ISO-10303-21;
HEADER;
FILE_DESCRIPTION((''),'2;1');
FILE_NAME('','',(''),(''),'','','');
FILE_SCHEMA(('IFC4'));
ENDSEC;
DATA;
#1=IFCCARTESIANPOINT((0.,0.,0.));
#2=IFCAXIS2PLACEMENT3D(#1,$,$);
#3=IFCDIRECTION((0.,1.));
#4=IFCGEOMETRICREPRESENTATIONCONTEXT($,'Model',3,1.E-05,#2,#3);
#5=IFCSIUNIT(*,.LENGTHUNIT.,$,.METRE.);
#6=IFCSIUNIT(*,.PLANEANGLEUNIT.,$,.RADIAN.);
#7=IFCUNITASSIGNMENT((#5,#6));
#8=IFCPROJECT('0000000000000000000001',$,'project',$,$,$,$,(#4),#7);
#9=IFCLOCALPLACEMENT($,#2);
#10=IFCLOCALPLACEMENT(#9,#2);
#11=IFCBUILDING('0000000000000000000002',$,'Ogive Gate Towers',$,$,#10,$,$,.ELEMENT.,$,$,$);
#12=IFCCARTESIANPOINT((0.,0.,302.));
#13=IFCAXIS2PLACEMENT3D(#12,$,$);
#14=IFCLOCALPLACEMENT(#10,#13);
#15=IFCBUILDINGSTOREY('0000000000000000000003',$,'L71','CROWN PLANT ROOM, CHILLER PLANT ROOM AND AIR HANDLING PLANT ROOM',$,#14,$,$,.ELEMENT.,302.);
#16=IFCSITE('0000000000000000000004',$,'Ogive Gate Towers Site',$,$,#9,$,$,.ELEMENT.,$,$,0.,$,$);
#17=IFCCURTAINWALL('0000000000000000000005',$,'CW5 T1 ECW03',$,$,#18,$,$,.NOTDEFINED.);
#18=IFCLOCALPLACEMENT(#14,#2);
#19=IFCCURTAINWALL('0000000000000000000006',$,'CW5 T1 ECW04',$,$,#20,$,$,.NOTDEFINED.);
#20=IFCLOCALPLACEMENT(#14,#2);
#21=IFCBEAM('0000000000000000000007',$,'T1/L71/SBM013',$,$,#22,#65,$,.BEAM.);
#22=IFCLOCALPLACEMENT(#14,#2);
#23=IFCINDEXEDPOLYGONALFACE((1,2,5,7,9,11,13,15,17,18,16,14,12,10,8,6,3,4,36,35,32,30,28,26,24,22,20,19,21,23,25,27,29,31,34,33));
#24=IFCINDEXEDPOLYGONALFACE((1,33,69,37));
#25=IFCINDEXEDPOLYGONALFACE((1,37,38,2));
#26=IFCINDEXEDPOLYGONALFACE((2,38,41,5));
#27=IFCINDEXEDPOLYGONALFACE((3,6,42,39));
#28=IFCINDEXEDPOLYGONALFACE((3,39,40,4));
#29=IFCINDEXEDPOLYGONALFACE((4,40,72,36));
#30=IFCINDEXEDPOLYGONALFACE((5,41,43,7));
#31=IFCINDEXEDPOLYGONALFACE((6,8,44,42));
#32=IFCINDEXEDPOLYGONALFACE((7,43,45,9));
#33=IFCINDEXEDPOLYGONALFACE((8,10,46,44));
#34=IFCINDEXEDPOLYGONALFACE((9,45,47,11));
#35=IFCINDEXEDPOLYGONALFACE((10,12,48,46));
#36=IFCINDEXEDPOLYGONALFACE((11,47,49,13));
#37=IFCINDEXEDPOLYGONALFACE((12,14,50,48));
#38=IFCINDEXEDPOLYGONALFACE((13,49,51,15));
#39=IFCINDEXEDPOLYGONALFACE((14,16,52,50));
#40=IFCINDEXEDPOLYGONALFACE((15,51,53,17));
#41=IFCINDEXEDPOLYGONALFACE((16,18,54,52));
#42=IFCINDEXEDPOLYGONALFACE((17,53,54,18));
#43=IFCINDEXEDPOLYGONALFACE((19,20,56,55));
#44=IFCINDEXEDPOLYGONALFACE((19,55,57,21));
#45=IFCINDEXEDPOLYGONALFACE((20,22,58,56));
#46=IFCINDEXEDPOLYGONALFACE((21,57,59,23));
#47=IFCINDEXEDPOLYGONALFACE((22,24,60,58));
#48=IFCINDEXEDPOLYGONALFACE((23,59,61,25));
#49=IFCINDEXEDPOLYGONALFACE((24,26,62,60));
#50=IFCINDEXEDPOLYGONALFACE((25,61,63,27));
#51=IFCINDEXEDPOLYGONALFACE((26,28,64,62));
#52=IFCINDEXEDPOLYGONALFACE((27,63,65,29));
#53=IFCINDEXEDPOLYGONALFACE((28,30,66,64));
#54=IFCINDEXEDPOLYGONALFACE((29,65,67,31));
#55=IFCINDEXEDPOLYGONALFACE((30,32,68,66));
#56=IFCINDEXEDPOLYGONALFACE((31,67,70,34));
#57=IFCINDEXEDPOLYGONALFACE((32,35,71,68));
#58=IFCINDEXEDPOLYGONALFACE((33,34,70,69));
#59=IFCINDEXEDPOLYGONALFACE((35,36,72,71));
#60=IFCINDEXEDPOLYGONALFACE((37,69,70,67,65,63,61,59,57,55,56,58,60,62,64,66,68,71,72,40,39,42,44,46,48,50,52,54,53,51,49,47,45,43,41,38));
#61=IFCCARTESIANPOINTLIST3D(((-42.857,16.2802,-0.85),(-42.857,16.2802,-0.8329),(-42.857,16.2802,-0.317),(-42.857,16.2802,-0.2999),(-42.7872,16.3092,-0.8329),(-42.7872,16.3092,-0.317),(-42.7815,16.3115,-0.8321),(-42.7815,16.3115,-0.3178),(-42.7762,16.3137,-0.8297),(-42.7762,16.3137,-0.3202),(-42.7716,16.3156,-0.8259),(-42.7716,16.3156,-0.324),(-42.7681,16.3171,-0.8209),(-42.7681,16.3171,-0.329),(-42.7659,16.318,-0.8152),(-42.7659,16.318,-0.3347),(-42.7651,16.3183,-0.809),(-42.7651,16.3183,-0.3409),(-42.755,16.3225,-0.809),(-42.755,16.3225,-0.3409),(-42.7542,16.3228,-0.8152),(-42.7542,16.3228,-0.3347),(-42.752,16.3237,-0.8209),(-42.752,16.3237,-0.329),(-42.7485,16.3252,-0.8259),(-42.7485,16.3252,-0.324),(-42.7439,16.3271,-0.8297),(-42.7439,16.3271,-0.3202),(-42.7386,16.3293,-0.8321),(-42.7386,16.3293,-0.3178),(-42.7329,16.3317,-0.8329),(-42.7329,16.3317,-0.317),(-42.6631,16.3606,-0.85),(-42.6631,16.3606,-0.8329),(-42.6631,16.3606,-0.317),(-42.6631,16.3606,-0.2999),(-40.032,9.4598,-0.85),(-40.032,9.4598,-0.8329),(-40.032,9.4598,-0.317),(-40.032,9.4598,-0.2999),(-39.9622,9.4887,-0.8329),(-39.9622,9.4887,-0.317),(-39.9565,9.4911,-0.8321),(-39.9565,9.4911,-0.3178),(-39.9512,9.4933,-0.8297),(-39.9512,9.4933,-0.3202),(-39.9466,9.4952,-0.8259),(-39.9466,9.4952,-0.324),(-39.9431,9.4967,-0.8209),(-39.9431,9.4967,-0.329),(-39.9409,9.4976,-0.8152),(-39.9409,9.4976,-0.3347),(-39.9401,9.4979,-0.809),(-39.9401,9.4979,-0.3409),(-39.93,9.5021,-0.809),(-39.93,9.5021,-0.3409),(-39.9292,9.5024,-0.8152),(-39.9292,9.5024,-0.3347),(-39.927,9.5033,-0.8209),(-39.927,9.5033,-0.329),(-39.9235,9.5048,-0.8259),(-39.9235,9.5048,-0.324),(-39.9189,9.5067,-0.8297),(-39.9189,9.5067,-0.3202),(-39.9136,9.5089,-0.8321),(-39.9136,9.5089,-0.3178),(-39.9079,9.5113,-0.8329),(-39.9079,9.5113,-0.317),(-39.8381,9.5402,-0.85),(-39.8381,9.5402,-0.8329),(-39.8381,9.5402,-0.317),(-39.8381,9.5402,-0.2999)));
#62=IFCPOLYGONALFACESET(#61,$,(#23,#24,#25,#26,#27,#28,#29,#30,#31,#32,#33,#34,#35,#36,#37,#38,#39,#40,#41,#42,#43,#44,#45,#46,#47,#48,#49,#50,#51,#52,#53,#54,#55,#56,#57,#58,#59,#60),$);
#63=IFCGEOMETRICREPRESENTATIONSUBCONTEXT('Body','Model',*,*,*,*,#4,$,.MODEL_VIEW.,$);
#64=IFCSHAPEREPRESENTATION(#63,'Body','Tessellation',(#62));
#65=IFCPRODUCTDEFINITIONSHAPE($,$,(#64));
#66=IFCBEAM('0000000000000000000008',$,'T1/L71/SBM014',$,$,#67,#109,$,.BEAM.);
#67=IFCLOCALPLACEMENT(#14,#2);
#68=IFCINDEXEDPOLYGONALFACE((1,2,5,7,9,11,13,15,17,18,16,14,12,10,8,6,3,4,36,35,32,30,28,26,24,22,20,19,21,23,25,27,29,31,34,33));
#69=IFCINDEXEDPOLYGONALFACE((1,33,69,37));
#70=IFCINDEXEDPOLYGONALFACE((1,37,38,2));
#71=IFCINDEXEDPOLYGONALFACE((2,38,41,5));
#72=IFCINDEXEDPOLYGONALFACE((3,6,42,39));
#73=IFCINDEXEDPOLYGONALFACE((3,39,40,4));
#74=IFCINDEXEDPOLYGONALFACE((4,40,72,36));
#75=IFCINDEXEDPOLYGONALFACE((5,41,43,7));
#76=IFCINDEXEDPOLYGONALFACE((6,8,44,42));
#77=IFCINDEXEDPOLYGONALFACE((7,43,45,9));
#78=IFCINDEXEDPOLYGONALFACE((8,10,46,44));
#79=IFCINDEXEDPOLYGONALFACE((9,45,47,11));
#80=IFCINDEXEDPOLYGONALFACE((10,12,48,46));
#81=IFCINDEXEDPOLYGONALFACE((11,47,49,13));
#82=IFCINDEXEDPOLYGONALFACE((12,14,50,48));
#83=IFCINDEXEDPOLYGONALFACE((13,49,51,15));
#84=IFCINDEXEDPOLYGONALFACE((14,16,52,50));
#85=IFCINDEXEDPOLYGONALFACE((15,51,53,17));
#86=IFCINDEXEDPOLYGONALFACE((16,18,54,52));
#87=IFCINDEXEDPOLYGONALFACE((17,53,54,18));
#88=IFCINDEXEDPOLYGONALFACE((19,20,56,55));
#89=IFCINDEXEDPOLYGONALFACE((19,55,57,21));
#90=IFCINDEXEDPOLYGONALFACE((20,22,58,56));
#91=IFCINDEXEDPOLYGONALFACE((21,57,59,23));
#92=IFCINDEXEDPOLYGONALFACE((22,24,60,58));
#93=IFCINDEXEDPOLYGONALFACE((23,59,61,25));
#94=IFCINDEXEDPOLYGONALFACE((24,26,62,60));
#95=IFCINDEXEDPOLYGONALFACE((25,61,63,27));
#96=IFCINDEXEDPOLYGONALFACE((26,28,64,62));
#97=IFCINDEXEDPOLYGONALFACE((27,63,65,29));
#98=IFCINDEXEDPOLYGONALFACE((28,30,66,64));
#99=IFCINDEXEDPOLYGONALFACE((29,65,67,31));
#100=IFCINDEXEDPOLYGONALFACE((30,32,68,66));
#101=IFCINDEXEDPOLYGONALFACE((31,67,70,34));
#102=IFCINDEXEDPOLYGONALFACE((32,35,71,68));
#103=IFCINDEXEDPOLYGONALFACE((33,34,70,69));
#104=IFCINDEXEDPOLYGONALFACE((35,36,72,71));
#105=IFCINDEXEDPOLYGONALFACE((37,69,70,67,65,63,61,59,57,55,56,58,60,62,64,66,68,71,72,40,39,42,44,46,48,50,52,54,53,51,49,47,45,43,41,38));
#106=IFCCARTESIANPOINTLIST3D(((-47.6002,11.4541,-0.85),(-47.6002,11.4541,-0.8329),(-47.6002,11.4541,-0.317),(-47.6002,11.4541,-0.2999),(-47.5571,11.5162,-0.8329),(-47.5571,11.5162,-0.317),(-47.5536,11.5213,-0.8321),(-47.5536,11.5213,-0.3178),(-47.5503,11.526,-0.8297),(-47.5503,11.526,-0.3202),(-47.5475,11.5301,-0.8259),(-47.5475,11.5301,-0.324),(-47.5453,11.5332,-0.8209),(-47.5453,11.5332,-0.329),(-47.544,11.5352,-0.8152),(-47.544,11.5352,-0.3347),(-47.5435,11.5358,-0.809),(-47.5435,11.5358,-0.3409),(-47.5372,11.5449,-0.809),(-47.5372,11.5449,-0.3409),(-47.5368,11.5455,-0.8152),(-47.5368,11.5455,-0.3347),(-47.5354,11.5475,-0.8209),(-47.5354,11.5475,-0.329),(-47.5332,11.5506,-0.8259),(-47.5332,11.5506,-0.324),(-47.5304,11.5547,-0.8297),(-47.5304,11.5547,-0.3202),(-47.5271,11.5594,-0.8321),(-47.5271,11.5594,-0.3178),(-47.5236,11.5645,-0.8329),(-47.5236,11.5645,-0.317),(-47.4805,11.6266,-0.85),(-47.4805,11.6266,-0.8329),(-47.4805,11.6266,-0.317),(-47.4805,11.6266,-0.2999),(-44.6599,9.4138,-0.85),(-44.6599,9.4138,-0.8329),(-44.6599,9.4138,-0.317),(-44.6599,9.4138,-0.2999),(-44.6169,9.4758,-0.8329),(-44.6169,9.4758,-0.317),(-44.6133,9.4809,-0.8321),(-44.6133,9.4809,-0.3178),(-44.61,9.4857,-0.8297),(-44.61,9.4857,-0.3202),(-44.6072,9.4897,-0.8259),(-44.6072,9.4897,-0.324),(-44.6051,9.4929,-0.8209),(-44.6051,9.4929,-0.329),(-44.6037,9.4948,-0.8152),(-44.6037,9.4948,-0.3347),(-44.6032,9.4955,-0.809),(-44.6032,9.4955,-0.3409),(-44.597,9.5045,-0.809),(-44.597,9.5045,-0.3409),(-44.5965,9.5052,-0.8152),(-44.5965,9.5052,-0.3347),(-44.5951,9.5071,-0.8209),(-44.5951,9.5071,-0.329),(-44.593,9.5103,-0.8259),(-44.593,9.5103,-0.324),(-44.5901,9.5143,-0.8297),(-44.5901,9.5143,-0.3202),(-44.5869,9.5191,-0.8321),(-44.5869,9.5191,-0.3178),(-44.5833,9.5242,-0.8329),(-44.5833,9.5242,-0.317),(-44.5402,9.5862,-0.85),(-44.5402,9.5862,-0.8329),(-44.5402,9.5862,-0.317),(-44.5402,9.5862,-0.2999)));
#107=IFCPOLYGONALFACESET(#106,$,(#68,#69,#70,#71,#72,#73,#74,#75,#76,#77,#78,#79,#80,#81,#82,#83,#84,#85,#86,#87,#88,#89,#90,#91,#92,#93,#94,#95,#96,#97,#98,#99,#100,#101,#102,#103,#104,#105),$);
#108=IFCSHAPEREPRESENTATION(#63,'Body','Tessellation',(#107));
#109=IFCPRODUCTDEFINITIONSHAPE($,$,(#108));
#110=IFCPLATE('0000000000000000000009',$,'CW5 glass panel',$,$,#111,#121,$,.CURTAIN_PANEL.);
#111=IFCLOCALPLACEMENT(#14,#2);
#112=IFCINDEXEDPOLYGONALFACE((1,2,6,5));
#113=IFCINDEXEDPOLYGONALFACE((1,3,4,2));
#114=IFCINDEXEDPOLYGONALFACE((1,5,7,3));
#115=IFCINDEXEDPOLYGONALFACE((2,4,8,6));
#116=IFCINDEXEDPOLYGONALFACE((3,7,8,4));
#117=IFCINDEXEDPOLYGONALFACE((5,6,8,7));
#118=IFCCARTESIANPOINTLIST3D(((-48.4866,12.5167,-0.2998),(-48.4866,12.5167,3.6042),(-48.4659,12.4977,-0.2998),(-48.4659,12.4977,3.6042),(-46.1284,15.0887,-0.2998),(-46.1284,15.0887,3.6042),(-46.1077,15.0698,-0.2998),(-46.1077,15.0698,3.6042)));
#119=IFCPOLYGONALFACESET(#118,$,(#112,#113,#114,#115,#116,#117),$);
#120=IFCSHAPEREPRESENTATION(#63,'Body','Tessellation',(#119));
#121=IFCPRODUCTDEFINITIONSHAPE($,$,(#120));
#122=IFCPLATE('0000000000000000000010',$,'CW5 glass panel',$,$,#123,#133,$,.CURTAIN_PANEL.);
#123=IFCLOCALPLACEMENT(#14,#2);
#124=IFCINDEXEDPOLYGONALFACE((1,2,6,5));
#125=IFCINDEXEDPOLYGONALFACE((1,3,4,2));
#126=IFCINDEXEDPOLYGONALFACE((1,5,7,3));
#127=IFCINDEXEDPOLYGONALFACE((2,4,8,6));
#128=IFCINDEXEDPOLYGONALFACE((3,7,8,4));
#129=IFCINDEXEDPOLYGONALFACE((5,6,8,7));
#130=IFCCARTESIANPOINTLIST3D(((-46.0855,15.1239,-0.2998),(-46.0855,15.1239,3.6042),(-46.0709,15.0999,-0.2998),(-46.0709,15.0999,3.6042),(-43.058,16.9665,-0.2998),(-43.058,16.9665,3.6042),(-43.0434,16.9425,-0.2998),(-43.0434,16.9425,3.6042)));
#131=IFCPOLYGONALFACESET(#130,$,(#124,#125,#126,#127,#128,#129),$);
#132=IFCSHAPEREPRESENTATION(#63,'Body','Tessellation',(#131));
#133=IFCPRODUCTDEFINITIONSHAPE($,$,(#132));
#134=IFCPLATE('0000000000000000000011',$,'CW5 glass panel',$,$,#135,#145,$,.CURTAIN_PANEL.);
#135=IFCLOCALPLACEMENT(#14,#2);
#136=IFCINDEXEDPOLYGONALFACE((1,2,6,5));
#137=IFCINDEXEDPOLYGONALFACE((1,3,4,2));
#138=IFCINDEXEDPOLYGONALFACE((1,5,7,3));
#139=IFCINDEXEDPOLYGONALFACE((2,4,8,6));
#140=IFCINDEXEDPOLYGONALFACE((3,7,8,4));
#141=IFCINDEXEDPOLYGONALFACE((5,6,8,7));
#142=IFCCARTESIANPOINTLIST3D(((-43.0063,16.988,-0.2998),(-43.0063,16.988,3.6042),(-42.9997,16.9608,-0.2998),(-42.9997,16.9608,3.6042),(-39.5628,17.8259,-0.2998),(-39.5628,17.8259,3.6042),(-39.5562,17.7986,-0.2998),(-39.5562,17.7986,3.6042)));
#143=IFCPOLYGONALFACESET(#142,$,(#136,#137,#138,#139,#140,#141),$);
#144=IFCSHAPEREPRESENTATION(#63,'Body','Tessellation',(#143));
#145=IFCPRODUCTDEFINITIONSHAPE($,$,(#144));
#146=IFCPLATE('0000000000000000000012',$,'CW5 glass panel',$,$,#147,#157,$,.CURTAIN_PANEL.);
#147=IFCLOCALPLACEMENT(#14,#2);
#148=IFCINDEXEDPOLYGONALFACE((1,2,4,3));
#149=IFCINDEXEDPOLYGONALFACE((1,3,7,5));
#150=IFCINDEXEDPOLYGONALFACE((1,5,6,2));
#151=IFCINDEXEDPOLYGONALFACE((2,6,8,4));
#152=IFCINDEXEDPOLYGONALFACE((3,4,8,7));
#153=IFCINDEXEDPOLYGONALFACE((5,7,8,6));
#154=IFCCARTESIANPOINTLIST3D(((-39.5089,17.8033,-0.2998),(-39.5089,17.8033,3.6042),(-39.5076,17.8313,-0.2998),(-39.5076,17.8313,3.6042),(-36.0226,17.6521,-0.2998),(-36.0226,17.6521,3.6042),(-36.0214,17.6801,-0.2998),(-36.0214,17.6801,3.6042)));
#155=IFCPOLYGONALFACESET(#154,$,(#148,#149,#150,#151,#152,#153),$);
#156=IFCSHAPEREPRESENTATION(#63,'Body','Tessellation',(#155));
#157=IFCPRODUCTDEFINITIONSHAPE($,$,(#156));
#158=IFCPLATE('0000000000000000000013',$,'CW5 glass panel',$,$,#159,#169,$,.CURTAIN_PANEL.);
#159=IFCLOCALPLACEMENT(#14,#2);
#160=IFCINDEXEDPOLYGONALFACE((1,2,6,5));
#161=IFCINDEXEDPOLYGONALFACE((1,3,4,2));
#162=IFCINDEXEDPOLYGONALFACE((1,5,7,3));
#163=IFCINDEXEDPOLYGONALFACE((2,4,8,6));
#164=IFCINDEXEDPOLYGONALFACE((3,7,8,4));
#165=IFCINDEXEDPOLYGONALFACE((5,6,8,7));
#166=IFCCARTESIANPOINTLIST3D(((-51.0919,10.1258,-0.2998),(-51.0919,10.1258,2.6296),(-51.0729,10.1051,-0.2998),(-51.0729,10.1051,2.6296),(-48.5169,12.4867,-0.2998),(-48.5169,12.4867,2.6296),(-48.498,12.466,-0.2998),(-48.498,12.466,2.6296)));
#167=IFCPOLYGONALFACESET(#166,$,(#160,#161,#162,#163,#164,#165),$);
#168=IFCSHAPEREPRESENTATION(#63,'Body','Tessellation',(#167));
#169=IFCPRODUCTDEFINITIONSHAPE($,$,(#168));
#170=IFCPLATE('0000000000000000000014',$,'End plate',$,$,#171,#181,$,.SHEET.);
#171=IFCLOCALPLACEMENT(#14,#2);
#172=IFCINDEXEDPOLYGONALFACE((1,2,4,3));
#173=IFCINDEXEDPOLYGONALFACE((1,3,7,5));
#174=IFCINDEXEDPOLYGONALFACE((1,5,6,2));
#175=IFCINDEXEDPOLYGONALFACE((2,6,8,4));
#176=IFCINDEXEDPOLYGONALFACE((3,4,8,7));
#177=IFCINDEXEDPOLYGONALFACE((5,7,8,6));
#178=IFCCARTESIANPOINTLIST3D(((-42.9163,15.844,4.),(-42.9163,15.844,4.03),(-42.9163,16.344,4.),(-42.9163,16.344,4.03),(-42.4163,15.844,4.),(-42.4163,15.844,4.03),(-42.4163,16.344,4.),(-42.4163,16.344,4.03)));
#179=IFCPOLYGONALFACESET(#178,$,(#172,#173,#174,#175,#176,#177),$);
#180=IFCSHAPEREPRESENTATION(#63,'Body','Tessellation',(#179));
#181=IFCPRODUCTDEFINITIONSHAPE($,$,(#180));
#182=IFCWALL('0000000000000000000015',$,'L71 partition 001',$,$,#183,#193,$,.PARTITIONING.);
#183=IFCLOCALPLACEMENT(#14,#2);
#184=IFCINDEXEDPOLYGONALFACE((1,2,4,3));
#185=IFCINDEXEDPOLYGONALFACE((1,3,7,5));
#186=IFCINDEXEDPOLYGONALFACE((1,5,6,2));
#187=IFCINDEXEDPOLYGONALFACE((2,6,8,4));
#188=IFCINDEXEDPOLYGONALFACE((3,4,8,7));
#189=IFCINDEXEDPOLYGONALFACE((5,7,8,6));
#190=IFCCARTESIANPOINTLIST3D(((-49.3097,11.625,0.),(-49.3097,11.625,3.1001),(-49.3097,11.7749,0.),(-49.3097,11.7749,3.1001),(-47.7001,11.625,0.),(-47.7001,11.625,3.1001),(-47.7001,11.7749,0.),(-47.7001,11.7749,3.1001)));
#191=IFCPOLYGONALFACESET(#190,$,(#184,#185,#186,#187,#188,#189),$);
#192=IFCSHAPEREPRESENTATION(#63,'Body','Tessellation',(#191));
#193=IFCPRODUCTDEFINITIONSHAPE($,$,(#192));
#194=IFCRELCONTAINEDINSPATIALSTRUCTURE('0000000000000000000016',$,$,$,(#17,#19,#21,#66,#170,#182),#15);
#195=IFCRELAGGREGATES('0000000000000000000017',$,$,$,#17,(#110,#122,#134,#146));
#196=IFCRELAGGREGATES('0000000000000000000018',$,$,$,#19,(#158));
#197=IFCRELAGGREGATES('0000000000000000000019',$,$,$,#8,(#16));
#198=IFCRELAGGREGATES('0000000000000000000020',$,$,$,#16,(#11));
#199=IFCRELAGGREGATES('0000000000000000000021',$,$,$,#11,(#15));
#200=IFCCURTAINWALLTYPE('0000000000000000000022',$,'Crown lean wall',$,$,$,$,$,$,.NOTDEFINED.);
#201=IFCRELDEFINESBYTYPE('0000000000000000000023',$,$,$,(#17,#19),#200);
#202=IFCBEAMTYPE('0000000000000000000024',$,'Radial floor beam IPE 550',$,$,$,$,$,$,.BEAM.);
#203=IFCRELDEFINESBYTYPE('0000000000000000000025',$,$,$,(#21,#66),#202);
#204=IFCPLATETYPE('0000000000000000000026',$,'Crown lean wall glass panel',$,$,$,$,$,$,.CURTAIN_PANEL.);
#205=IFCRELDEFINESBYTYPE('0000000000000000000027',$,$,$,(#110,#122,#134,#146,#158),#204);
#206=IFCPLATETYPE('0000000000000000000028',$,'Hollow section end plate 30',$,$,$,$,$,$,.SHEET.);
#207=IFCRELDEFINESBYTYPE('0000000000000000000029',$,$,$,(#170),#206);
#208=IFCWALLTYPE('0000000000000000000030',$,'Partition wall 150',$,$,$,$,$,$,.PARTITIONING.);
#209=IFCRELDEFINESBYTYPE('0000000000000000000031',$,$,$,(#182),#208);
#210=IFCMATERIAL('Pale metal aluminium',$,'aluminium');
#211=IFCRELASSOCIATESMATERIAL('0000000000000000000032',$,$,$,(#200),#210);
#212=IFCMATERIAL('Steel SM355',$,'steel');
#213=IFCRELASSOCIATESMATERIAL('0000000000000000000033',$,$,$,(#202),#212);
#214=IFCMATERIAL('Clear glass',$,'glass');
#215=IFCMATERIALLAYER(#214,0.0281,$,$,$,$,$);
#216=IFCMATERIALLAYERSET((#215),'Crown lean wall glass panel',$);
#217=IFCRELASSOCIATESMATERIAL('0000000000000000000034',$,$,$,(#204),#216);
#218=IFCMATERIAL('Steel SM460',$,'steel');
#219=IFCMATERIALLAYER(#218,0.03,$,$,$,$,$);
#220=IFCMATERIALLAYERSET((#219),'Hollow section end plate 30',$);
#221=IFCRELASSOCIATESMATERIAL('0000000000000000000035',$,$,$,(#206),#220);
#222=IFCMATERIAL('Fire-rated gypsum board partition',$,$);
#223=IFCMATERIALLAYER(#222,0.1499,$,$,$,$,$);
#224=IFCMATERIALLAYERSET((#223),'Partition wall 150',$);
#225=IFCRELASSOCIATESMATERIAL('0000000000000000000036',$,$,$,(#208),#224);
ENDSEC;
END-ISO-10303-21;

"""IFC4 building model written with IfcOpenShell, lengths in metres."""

from ifc_helpers import new_model, si_unit, direction, frame, frame_2d, origin, origin_2d, place, context, subcontext, project, spatial, polyline, rectangle, i_section, outline, extrude, material, layer, layer_set, material_profile, profile_set, type_object, element, aggregate, save


model = new_model("IFC4")

# Units and contexts
model_context = context("Model", 3, precision=1e-05, world=origin(), true_north=direction((0.0, 1.0)))
body_context = subcontext(model_context, "Body", "Model", "MODEL_VIEW")
ifc_project = project(units=[si_unit("LENGTHUNIT", "METRE"), si_unit("PLANEANGLEUNIT", "RADIAN")], contexts=[model_context])

# Site, building, storey
site_placement = place(None, origin())
site = spatial("IfcSite", under=ifc_project, at=site_placement, Name="Ogive Gate Towers Site", CompositionType="ELEMENT", RefElevation=0.0)
building_placement = place(site_placement, origin())
building = spatial("IfcBuilding", under=site, at=building_placement, Name="Ogive Gate Towers", CompositionType="ELEMENT")
storey_placement = place(building_placement, frame((0.0, 0.0, 302.0)))
storey = spatial("IfcBuildingStorey", under=building, at=storey_placement, Name="L71", Description="CROWN PLANT ROOM, CHILLER PLANT ROOM AND AIR HANDLING PLANT ROOM", CompositionType="ELEMENT", Elevation=302.0)

# Shared definitions
ifc_material_1 = material(Name="Steel SM460", Category="steel")

# Curtain wall
ifc_material_2 = material(Name="Pale metal aluminium", Category="aluminium")
curtain_wall_type = type_object("IfcCurtainWallType", Name="Crown lean wall", PredefinedType="NOTDEFINED", material=ifc_material_2)
curtain_wall_1_placement = place(storey_placement, origin())
curtain_wall_1 = element("IfcCurtainWall", 1, at=curtain_wall_1_placement, inside=storey, type_object=curtain_wall_type, Name="CW5 T1 ECW03", PredefinedType="NOTDEFINED")

# Curtain wall
curtain_wall_2_placement = place(storey_placement, origin())
curtain_wall_2 = element("IfcCurtainWall", 2, at=curtain_wall_2_placement, inside=storey, type_object=curtain_wall_type, Name="CW5 T1 ECW04", PredefinedType="NOTDEFINED")

# Beams
ifc_material_3 = material(Name="Steel SM355", Category="steel")
ifc_material_profile_1 = material_profile(ifc_material_3, i_section(OverallWidth=0.21, OverallDepth=0.55, WebThickness=0.011, FlangeThickness=0.0171, FilletRadius=0.0239, at=origin_2d()), Name="IPE 550")
ifc_profile_set_1 = profile_set([ifc_material_profile_1], Name="Steel SM355")
beam_type_1 = type_object("IfcBeamType", Name="Radial floor beam IPE 550", PredefinedType="BEAM", material=ifc_profile_set_1)
beam_1_placement = place(storey_placement, frame((-39.9351, 9.5, -0.575), z_axis=(-0.38267, 0.923885, 0.0), x_axis=(-0.923885, -0.38267, 0.0)))
element("IfcBeam", 3, at=beam_1_placement, inside=storey, type_object=beam_type_1, Name="T1/L71/SBM013", PredefinedType="BEAM", context=body_context, shape_type="SweptSolid", body=[
    extrude(i_section(OverallWidth=0.21, OverallDepth=0.55, WebThickness=0.011, FlangeThickness=0.0171, FilletRadius=0.0239, at=origin_2d()), origin(), (0.0, 0.0, 1.0), 7.3823),
])
beam_2_placement = place(storey_placement, frame((-44.6001, 9.5, -0.575), z_axis=(-0.821568, 0.570111, 0.0), x_axis=(-0.570111, -0.821568, 0.0)))
element("IfcBeam", 4, at=beam_2_placement, inside=storey, type_object=beam_type_1, Name="T1/L71/SBM014", PredefinedType="BEAM", context=body_context, shape_type="SweptSolid", body=[
    extrude(i_section(OverallWidth=0.21, OverallDepth=0.55, WebThickness=0.011, FlangeThickness=0.0171, FilletRadius=0.0239, at=origin_2d()), origin(), (0.0, 0.0, 1.0), 3.5789),
])

# Plates
ifc_material_4 = material(Name="Clear glass", Category="glass")
ifc_layer_1 = layer(ifc_material_4, 0.0281)
ifc_layer_set_1 = layer_set([ifc_layer_1], Name="Crown lean wall glass panel")
plate_type_1 = type_object("IfcPlateType", Name="Crown lean wall glass panel", PredefinedType="CURTAIN_PANEL", material=ifc_layer_set_1)
plate_1_placement = place(storey_placement, frame((-47.2971, 13.7932, -0.2998), z_axis=(0.0, 0.0, 1.0), x_axis=(0.675796, 0.737089, 0.0)))
plate_1 = element("IfcPlate", 5, at=plate_1_placement, type_object=plate_type_1, Name="CW5 glass panel", PredefinedType="CURTAIN_PANEL", context=body_context, shape_type="SweptSolid", body=[
    extrude(rectangle(XDim=3.4895, YDim=0.0281, at=origin_2d()), origin(), (0.0, 0.0, 1.0), 3.9041),
])
plate_2_placement = place(storey_placement, frame((-44.5645, 16.0332, -0.2998), z_axis=(0.0, 0.0, 1.0), x_axis=(0.854232, 0.519892, 0.0)))
plate_2 = element("IfcPlate", 6, at=plate_2_placement, type_object=plate_type_1, Name="CW5 glass panel", PredefinedType="CURTAIN_PANEL", context=body_context, shape_type="SweptSolid", body=[
    extrude(rectangle(XDim=3.5442, YDim=0.0281, at=origin_2d()), origin(), (0.0, 0.0, 1.0), 3.9041),
])
plate_3_placement = place(storey_placement, frame((-41.2812, 17.3933, -0.2998), z_axis=(0.0, 0.0, 1.0), x_axis=(0.971652, 0.236414, 0.0)))
plate_3 = element("IfcPlate", 7, at=plate_3_placement, type_object=plate_type_1, Name="CW5 glass panel", PredefinedType="CURTAIN_PANEL", context=body_context, shape_type="SweptSolid", body=[
    extrude(rectangle(XDim=3.5439, YDim=0.0281, at=origin_2d()), origin(), (0.0, 0.0, 1.0), 3.9041),
])
plate_4_placement = place(storey_placement, frame((-37.7651, 17.7417, -0.2998), z_axis=(0.0, 0.0, 1.0), x_axis=(0.99906, -0.04334, 0.0)))
plate_4 = element("IfcPlate", 8, at=plate_4_placement, type_object=plate_type_1, Name="CW5 glass panel", PredefinedType="CURTAIN_PANEL", context=body_context, shape_type="SweptSolid", body=[
    extrude(rectangle(XDim=3.4895, YDim=0.0281, at=origin_2d()), origin(), (0.0, 0.0, 1.0), 3.9041),
])
aggregate(curtain_wall_1, [plate_1, plate_2, plate_3, plate_4])
plate_5_placement = place(storey_placement, frame((-49.7949, 11.2959, -0.2998), z_axis=(0.0, 0.0, 1.0), x_axis=(0.737089, 0.675796, 0.0)))
plate_5 = element("IfcPlate", 9, at=plate_5_placement, type_object=plate_type_1, Name="CW5 glass panel", PredefinedType="CURTAIN_PANEL", context=body_context, shape_type="SweptSolid", body=[
    extrude(rectangle(XDim=3.4934, YDim=0.0281, at=origin_2d()), origin(), (0.0, 0.0, 1.0), 2.9294),
])
aggregate(curtain_wall_2, [plate_5])
ifc_layer_2 = layer(ifc_material_1, 0.03)
ifc_layer_set_2 = layer_set([ifc_layer_2], Name="Hollow section end plate 30")
plate_type_2 = type_object("IfcPlateType", Name="Hollow section end plate 30", PredefinedType="SHEET", material=ifc_layer_set_2)
plate_6_placement = place(storey_placement, frame((-42.9163, 15.844, 4.03), z_axis=(0.0, 0.0, 1.0), x_axis=(1.0, 0.0, 0.0)))
element("IfcPlate", 10, at=plate_6_placement, inside=storey, type_object=plate_type_2, Name="End plate", PredefinedType="SHEET", context=body_context, shape_type="SweptSolid", body=[
    extrude(outline(polyline([(0.0, 0.0), (0.5, 0.0), (0.5, 0.5), (0.0, 0.5), (0.0, 0.0)])), origin(), (0.0, 0.0, -1.0), 0.03),
])

# Wall
ifc_material_5 = material(Name="Fire-rated gypsum board partition")
ifc_layer_3 = layer(ifc_material_5, 0.1499)
ifc_layer_set_3 = layer_set([ifc_layer_3], Name="Partition wall 150")
wall_type = type_object("IfcWallType", Name="Partition wall 150", PredefinedType="PARTITIONING", material=ifc_layer_set_3)
wall_1_placement = place(storey_placement, frame((-49.3096, 11.7, 0.0), z_axis=(0.0, 0.0, 1.0), x_axis=(1.0, 0.0, 0.0)))
element("IfcWall", 11, at=wall_1_placement, inside=storey, type_object=wall_type, Name="L71 partition 001", PredefinedType="PARTITIONING", context=body_context, shape_type="SweptSolid", body=[
    extrude(rectangle(XDim=1.6096, YDim=0.1499, at=frame_2d((0.8047, 0.0))), origin(), (0.0, 0.0, 1.0), 3.1001),
])

save(model, "model.ifc")
